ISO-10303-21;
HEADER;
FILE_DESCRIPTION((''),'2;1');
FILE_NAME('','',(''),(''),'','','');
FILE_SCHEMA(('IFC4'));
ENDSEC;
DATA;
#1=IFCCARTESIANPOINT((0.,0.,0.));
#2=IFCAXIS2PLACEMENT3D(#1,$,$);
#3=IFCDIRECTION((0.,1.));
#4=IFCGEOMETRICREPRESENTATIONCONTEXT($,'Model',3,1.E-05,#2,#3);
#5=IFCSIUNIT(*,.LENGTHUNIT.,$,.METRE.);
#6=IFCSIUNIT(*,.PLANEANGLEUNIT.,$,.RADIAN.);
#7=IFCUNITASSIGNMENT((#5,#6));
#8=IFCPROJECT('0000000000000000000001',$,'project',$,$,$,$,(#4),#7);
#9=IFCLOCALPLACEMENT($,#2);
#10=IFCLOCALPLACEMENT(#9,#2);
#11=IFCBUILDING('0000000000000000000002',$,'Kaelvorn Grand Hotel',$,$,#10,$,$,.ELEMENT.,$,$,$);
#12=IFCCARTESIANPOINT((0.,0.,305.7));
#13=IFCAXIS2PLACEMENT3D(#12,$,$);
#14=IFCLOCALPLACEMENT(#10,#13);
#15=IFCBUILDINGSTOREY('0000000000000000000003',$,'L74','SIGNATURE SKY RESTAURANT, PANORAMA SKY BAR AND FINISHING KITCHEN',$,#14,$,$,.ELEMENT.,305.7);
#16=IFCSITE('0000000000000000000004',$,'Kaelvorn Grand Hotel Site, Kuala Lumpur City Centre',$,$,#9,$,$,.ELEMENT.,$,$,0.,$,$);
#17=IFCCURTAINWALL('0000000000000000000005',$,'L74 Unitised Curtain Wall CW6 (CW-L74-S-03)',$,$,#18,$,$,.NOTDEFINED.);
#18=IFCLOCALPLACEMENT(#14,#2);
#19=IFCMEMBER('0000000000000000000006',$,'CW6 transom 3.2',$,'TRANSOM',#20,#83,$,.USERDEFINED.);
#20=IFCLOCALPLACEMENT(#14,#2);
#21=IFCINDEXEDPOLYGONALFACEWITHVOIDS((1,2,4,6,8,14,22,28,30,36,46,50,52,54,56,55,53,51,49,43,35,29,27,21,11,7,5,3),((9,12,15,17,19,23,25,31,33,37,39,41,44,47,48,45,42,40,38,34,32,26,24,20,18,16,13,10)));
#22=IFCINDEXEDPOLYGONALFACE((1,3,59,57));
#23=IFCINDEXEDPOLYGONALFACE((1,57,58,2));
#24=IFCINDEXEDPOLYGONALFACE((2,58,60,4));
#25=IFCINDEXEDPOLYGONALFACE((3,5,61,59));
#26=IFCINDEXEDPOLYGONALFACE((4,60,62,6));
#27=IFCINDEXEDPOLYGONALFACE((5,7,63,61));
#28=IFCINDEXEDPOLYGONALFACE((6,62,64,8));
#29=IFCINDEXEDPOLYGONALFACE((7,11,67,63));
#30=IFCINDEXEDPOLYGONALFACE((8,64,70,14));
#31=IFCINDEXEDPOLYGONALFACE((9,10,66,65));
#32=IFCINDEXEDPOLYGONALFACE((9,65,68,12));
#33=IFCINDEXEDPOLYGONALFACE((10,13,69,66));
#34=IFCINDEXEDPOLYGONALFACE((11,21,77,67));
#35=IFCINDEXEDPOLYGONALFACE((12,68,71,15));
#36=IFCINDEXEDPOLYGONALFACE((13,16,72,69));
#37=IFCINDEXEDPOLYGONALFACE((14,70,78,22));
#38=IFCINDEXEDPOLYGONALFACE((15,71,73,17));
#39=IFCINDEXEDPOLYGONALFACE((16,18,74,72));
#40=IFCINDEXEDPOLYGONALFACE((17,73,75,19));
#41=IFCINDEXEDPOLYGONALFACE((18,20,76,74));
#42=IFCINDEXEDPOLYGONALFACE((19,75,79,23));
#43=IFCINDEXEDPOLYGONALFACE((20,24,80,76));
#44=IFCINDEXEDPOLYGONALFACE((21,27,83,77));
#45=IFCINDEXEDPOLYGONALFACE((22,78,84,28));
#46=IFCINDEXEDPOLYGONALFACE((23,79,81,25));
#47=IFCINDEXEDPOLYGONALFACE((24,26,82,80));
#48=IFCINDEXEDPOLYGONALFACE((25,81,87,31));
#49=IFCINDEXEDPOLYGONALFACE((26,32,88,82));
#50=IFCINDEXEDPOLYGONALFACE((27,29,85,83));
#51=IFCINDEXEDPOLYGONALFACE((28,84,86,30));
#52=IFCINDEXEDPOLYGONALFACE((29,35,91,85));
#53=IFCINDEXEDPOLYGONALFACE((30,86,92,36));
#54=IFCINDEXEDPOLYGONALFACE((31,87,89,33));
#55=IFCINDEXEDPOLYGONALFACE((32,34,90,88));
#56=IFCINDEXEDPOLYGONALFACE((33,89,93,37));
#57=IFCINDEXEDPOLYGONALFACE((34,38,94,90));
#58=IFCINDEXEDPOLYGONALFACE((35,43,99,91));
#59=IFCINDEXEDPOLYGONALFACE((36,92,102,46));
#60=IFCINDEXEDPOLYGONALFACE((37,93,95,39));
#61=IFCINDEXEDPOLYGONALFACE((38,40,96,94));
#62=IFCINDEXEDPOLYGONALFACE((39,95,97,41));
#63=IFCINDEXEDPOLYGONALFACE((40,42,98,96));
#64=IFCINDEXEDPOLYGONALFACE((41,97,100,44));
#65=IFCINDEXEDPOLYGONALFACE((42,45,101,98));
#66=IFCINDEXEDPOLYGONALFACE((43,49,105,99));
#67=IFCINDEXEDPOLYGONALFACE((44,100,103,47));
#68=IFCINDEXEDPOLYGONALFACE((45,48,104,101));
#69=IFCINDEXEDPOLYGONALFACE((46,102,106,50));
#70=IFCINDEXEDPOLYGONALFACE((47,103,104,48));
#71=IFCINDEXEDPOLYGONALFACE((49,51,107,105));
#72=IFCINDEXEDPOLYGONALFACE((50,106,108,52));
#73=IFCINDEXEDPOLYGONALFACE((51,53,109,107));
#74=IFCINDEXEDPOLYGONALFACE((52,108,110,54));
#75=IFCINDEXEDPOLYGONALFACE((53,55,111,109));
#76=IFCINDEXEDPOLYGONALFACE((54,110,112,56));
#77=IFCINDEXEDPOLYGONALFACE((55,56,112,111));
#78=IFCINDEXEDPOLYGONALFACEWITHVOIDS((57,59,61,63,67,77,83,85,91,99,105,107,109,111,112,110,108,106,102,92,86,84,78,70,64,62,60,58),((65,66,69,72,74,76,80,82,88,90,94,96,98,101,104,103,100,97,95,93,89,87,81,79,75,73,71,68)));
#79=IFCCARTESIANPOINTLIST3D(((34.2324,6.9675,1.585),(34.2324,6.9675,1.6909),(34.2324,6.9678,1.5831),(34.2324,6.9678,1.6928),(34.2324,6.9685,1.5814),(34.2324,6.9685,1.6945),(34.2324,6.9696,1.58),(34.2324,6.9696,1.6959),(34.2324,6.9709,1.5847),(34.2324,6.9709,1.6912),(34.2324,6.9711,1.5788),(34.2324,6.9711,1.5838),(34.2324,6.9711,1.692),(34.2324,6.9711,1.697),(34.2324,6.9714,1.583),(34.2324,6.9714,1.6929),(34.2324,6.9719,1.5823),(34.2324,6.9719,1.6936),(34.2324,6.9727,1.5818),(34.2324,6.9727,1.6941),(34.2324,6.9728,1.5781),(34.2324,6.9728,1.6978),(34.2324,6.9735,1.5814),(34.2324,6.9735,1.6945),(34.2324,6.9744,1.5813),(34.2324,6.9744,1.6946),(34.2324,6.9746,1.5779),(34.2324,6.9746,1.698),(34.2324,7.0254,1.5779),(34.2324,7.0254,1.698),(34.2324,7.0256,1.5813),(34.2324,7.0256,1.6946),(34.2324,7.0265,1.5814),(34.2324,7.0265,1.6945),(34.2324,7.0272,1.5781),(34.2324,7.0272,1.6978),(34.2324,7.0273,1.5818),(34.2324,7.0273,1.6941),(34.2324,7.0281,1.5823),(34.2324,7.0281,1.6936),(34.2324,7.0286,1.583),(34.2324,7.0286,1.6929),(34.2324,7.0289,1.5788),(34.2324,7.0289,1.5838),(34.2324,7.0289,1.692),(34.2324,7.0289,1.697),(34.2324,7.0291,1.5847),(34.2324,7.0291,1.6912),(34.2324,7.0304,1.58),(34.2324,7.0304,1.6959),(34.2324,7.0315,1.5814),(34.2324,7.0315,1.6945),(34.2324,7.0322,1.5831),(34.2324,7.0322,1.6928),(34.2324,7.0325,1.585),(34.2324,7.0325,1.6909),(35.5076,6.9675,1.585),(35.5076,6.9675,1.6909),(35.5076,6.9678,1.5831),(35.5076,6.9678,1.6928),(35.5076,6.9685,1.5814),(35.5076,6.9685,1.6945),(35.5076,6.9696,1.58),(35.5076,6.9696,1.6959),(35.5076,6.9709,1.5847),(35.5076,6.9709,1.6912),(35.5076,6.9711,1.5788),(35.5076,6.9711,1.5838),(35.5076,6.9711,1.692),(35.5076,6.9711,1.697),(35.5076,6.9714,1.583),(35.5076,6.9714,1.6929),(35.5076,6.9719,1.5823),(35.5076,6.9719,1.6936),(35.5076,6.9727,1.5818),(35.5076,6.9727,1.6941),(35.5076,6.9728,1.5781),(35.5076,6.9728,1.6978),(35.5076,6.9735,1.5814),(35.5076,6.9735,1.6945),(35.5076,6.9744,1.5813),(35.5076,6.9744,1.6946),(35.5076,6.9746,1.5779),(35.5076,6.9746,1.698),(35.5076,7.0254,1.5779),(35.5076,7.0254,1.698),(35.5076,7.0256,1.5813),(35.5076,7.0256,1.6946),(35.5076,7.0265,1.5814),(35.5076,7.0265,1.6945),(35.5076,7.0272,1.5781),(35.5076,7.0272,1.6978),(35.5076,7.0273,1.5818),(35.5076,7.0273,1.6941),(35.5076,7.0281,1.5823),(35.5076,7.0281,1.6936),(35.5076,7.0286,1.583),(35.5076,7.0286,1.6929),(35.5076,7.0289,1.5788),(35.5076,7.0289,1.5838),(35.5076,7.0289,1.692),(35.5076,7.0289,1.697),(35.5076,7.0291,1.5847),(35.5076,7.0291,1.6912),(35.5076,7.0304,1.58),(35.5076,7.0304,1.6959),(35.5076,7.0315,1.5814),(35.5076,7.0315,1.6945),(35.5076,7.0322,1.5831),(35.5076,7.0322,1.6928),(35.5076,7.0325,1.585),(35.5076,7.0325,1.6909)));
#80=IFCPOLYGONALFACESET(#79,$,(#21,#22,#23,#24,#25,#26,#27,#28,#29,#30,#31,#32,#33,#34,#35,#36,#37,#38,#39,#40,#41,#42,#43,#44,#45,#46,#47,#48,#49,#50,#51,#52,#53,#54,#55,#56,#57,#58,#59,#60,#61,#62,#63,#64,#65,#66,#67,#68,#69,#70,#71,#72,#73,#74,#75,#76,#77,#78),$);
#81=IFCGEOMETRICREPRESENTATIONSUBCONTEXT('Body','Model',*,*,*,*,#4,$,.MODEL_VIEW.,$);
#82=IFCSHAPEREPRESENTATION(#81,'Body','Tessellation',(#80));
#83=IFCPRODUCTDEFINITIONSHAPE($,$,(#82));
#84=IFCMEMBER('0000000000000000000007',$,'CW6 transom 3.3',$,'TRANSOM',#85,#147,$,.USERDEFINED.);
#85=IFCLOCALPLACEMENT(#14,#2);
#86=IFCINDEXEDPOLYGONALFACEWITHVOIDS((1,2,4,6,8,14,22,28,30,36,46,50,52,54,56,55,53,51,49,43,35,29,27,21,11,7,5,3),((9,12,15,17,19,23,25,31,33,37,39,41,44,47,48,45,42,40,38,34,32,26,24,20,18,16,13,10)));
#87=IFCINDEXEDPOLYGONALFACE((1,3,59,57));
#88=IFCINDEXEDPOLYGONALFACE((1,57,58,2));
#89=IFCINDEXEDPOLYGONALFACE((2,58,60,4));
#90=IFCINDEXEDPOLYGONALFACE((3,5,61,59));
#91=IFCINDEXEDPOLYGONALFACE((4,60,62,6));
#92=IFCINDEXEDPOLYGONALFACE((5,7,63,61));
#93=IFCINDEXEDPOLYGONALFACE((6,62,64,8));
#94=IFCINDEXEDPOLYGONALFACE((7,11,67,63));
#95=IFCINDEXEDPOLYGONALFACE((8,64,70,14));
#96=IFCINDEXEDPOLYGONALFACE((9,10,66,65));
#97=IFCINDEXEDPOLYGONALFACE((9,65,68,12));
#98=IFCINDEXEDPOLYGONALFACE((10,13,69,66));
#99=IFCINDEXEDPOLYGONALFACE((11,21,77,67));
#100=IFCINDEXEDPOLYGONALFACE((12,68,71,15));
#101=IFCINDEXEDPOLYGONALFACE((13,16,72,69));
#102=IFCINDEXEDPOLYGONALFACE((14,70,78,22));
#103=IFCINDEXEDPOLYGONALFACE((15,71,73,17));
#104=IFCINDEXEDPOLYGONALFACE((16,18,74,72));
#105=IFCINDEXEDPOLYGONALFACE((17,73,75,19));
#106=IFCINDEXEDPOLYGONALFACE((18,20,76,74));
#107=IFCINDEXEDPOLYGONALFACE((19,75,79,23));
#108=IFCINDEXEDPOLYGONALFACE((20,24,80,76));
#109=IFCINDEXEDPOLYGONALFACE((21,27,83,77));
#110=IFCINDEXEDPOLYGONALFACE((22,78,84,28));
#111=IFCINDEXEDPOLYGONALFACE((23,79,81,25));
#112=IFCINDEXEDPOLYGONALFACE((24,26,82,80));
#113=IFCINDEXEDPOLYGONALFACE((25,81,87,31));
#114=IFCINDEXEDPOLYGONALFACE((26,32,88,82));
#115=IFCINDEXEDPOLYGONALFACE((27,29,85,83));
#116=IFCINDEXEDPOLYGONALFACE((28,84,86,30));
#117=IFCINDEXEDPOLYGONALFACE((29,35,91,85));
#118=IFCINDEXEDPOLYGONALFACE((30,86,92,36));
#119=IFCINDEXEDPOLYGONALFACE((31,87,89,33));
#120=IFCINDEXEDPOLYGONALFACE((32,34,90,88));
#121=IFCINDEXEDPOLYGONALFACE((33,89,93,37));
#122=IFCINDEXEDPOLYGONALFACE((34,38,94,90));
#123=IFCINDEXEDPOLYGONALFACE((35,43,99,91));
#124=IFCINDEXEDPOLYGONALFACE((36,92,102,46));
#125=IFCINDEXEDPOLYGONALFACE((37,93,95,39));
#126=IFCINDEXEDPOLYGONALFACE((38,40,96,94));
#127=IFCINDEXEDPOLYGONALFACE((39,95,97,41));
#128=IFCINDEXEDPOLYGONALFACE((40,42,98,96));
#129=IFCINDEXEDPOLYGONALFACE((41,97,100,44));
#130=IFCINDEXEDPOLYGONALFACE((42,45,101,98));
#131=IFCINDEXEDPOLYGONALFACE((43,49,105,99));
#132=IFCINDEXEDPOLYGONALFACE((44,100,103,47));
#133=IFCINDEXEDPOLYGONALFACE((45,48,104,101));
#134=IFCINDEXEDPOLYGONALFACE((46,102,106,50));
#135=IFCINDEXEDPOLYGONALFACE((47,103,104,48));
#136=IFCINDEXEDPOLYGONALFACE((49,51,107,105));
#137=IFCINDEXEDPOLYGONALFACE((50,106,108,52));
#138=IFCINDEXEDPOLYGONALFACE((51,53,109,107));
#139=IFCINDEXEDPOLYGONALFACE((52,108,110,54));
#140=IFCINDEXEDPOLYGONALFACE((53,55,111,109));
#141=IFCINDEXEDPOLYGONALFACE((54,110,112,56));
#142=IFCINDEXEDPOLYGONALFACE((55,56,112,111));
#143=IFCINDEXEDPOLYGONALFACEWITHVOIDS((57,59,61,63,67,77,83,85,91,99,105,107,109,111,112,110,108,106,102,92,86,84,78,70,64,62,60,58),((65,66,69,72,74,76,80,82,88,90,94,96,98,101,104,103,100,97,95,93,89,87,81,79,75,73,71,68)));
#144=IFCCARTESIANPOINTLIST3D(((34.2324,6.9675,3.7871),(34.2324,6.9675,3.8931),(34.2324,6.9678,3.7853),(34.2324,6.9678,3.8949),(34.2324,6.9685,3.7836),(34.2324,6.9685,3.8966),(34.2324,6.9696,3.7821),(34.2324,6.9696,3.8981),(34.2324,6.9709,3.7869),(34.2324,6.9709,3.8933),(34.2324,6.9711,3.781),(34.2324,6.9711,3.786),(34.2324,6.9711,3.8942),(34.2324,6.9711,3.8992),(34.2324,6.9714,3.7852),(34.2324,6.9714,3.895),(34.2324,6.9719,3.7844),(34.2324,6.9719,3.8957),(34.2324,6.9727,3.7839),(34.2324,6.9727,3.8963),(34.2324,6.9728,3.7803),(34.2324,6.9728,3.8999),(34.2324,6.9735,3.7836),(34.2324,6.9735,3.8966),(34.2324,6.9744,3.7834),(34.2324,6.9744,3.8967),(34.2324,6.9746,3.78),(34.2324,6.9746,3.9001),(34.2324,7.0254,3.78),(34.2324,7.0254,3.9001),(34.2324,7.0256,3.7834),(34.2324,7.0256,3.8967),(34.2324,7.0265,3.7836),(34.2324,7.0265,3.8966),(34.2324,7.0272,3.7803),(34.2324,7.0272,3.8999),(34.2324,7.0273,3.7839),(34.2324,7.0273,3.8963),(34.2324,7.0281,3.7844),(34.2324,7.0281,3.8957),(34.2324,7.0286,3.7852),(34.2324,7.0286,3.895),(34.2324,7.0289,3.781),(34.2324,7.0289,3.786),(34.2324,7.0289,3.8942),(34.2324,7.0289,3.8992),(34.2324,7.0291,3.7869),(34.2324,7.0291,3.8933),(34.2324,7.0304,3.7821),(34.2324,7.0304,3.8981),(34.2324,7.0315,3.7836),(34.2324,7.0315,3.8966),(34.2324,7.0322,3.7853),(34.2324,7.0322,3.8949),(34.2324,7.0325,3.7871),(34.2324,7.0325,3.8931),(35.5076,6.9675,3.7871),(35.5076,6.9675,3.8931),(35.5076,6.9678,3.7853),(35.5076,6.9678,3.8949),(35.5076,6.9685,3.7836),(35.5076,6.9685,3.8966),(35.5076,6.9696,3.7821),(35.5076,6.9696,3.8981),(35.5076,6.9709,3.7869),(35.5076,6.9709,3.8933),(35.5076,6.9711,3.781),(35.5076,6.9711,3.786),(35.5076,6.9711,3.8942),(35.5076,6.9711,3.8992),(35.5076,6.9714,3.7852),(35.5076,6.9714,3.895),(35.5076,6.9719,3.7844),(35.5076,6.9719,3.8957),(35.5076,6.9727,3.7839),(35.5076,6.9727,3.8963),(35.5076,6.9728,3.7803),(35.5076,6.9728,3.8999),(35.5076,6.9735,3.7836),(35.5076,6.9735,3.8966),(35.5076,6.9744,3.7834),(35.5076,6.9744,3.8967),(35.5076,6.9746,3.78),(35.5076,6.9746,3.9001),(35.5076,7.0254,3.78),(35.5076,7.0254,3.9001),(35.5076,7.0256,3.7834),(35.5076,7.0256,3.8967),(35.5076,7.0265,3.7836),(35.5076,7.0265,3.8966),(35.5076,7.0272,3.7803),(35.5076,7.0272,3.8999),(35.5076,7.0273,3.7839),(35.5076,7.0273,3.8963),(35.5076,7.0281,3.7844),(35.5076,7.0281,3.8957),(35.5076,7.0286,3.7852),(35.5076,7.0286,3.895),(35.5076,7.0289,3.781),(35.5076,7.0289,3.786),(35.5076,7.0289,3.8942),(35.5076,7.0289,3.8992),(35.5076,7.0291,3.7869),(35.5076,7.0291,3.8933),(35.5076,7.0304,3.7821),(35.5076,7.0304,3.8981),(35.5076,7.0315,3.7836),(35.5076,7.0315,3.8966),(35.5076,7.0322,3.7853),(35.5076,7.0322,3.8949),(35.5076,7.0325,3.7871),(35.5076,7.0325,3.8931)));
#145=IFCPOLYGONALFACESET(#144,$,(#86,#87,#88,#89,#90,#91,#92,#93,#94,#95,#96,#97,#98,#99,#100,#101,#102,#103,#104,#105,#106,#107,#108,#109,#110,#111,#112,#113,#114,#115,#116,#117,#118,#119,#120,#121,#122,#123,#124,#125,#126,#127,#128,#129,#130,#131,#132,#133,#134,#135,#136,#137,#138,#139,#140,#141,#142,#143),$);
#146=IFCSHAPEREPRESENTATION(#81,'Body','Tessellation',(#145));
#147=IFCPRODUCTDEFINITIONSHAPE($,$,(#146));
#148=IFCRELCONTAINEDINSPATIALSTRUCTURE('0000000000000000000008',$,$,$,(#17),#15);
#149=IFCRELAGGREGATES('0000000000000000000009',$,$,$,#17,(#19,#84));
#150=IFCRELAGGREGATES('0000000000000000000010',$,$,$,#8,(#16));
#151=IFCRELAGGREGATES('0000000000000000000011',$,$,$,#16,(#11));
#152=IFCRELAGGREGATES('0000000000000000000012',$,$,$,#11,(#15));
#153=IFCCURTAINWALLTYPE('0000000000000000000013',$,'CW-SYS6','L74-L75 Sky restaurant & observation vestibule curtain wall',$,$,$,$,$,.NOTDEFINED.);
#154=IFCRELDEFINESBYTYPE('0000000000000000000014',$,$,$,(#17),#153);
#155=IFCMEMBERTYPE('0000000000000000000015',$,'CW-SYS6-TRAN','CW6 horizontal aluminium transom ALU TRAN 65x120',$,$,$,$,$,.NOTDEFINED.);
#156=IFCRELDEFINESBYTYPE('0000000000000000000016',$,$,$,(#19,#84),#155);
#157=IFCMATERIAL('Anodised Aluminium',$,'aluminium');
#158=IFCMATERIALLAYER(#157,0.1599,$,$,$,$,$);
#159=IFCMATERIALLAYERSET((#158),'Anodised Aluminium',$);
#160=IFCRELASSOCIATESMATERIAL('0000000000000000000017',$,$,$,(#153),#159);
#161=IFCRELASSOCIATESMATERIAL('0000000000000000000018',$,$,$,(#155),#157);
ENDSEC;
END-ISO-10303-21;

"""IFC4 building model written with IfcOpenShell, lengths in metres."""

from ifc_helpers import new_model, si_unit, direction, frame, origin, origin_2d, place, context, subcontext, project, spatial, hollow_rectangle, extrude, material, layer, layer_set, material_profile, profile_set, type_object, element, aggregate, save


model = new_model("IFC4")

# Units and contexts
model_context = context("Model", 3, precision=1e-05, world=origin(), true_north=direction((0.0, 1.0)))
body_context = subcontext(model_context, "Body", "Model", "MODEL_VIEW")
ifc_project = project(units=[si_unit("LENGTHUNIT", "METRE"), si_unit("PLANEANGLEUNIT", "RADIAN")], contexts=[model_context])

# Site, building, storey
site_placement = place(None, origin())
site = spatial("IfcSite", under=ifc_project, at=site_placement, Name="Kaelvorn Grand Hotel Site, Kuala Lumpur City Centre", CompositionType="ELEMENT", RefElevation=0.0)
building_placement = place(site_placement, origin())
building = spatial("IfcBuilding", under=site, at=building_placement, Name="Kaelvorn Grand Hotel", CompositionType="ELEMENT")
storey_placement = place(building_placement, frame((0.0, 0.0, 305.7)))
storey = spatial("IfcBuildingStorey", under=building, at=storey_placement, Name="L74", Description="SIGNATURE SKY RESTAURANT, PANORAMA SKY BAR AND FINISHING KITCHEN", CompositionType="ELEMENT", Elevation=305.7)

# Curtain wall, members
ifc_material_1 = material(Name="Anodised Aluminium", Category="aluminium")
ifc_layer_1 = layer(ifc_material_1, 0.1599)
ifc_layer_set_1 = layer_set([ifc_layer_1], Name="Anodised Aluminium")
curtain_wall_type = type_object("IfcCurtainWallType", Name="CW-SYS6", Description="L74-L75 Sky restaurant & observation vestibule curtain wall", PredefinedType="NOTDEFINED", material=ifc_layer_set_1)
curtain_wall_placement = place(storey_placement, origin())
curtain_wall = element("IfcCurtainWall", 1, at=curtain_wall_placement, inside=storey, type_object=curtain_wall_type, Name="L74 Unitised Curtain Wall CW6 (CW-L74-S-03)", PredefinedType="NOTDEFINED")
ifc_material_profile_1 = material_profile(ifc_material_1, hollow_rectangle(XDim=0.0649, YDim=0.1201, WallThickness=0.0034, InnerFilletRadius=0.0034, OuterFilletRadius=0.0071, at=origin_2d()), Name="ALU TRAN 65x120")
ifc_profile_set_1 = profile_set([ifc_material_profile_1], Name="Anodised Aluminium")
member_type_1 = type_object("IfcMemberType", Name="CW-SYS6-TRAN", Description="CW6 horizontal aluminium transom ALU TRAN 65x120", PredefinedType="NOTDEFINED", material=ifc_profile_set_1)
member_1_placement = place(storey_placement, frame((34.2324, 7.0, 1.6379), z_axis=(1.0, 0.0, 0.0), x_axis=(0.0, 1.0, 0.0)))
member_1 = element("IfcMember", 2, at=member_1_placement, type_object=member_type_1, Name="CW6 transom 3.2", ObjectType="TRANSOM", PredefinedType="USERDEFINED", context=body_context, shape_type="SweptSolid", body=[
    extrude(hollow_rectangle(XDim=0.0649, YDim=0.1201, WallThickness=0.0034, InnerFilletRadius=0.0034, OuterFilletRadius=0.0071, at=origin_2d()), origin(), (0.0, 0.0, 1.0), 1.2751),
])
member_2_placement = place(storey_placement, frame((34.2324, 7.0, 3.8401), z_axis=(1.0, 0.0, 0.0), x_axis=(0.0, 1.0, 0.0)))
member_2 = element("IfcMember", 3, at=member_2_placement, type_object=member_type_1, Name="CW6 transom 3.3", ObjectType="TRANSOM", PredefinedType="USERDEFINED", context=body_context, shape_type="SweptSolid", body=[
    extrude(hollow_rectangle(XDim=0.0649, YDim=0.1201, WallThickness=0.0034, InnerFilletRadius=0.0034, OuterFilletRadius=0.0071, at=origin_2d()), origin(), (0.0, 0.0, 1.0), 1.2751),
])
aggregate(curtain_wall, [member_1, member_2])

save(model, "model.ifc")
